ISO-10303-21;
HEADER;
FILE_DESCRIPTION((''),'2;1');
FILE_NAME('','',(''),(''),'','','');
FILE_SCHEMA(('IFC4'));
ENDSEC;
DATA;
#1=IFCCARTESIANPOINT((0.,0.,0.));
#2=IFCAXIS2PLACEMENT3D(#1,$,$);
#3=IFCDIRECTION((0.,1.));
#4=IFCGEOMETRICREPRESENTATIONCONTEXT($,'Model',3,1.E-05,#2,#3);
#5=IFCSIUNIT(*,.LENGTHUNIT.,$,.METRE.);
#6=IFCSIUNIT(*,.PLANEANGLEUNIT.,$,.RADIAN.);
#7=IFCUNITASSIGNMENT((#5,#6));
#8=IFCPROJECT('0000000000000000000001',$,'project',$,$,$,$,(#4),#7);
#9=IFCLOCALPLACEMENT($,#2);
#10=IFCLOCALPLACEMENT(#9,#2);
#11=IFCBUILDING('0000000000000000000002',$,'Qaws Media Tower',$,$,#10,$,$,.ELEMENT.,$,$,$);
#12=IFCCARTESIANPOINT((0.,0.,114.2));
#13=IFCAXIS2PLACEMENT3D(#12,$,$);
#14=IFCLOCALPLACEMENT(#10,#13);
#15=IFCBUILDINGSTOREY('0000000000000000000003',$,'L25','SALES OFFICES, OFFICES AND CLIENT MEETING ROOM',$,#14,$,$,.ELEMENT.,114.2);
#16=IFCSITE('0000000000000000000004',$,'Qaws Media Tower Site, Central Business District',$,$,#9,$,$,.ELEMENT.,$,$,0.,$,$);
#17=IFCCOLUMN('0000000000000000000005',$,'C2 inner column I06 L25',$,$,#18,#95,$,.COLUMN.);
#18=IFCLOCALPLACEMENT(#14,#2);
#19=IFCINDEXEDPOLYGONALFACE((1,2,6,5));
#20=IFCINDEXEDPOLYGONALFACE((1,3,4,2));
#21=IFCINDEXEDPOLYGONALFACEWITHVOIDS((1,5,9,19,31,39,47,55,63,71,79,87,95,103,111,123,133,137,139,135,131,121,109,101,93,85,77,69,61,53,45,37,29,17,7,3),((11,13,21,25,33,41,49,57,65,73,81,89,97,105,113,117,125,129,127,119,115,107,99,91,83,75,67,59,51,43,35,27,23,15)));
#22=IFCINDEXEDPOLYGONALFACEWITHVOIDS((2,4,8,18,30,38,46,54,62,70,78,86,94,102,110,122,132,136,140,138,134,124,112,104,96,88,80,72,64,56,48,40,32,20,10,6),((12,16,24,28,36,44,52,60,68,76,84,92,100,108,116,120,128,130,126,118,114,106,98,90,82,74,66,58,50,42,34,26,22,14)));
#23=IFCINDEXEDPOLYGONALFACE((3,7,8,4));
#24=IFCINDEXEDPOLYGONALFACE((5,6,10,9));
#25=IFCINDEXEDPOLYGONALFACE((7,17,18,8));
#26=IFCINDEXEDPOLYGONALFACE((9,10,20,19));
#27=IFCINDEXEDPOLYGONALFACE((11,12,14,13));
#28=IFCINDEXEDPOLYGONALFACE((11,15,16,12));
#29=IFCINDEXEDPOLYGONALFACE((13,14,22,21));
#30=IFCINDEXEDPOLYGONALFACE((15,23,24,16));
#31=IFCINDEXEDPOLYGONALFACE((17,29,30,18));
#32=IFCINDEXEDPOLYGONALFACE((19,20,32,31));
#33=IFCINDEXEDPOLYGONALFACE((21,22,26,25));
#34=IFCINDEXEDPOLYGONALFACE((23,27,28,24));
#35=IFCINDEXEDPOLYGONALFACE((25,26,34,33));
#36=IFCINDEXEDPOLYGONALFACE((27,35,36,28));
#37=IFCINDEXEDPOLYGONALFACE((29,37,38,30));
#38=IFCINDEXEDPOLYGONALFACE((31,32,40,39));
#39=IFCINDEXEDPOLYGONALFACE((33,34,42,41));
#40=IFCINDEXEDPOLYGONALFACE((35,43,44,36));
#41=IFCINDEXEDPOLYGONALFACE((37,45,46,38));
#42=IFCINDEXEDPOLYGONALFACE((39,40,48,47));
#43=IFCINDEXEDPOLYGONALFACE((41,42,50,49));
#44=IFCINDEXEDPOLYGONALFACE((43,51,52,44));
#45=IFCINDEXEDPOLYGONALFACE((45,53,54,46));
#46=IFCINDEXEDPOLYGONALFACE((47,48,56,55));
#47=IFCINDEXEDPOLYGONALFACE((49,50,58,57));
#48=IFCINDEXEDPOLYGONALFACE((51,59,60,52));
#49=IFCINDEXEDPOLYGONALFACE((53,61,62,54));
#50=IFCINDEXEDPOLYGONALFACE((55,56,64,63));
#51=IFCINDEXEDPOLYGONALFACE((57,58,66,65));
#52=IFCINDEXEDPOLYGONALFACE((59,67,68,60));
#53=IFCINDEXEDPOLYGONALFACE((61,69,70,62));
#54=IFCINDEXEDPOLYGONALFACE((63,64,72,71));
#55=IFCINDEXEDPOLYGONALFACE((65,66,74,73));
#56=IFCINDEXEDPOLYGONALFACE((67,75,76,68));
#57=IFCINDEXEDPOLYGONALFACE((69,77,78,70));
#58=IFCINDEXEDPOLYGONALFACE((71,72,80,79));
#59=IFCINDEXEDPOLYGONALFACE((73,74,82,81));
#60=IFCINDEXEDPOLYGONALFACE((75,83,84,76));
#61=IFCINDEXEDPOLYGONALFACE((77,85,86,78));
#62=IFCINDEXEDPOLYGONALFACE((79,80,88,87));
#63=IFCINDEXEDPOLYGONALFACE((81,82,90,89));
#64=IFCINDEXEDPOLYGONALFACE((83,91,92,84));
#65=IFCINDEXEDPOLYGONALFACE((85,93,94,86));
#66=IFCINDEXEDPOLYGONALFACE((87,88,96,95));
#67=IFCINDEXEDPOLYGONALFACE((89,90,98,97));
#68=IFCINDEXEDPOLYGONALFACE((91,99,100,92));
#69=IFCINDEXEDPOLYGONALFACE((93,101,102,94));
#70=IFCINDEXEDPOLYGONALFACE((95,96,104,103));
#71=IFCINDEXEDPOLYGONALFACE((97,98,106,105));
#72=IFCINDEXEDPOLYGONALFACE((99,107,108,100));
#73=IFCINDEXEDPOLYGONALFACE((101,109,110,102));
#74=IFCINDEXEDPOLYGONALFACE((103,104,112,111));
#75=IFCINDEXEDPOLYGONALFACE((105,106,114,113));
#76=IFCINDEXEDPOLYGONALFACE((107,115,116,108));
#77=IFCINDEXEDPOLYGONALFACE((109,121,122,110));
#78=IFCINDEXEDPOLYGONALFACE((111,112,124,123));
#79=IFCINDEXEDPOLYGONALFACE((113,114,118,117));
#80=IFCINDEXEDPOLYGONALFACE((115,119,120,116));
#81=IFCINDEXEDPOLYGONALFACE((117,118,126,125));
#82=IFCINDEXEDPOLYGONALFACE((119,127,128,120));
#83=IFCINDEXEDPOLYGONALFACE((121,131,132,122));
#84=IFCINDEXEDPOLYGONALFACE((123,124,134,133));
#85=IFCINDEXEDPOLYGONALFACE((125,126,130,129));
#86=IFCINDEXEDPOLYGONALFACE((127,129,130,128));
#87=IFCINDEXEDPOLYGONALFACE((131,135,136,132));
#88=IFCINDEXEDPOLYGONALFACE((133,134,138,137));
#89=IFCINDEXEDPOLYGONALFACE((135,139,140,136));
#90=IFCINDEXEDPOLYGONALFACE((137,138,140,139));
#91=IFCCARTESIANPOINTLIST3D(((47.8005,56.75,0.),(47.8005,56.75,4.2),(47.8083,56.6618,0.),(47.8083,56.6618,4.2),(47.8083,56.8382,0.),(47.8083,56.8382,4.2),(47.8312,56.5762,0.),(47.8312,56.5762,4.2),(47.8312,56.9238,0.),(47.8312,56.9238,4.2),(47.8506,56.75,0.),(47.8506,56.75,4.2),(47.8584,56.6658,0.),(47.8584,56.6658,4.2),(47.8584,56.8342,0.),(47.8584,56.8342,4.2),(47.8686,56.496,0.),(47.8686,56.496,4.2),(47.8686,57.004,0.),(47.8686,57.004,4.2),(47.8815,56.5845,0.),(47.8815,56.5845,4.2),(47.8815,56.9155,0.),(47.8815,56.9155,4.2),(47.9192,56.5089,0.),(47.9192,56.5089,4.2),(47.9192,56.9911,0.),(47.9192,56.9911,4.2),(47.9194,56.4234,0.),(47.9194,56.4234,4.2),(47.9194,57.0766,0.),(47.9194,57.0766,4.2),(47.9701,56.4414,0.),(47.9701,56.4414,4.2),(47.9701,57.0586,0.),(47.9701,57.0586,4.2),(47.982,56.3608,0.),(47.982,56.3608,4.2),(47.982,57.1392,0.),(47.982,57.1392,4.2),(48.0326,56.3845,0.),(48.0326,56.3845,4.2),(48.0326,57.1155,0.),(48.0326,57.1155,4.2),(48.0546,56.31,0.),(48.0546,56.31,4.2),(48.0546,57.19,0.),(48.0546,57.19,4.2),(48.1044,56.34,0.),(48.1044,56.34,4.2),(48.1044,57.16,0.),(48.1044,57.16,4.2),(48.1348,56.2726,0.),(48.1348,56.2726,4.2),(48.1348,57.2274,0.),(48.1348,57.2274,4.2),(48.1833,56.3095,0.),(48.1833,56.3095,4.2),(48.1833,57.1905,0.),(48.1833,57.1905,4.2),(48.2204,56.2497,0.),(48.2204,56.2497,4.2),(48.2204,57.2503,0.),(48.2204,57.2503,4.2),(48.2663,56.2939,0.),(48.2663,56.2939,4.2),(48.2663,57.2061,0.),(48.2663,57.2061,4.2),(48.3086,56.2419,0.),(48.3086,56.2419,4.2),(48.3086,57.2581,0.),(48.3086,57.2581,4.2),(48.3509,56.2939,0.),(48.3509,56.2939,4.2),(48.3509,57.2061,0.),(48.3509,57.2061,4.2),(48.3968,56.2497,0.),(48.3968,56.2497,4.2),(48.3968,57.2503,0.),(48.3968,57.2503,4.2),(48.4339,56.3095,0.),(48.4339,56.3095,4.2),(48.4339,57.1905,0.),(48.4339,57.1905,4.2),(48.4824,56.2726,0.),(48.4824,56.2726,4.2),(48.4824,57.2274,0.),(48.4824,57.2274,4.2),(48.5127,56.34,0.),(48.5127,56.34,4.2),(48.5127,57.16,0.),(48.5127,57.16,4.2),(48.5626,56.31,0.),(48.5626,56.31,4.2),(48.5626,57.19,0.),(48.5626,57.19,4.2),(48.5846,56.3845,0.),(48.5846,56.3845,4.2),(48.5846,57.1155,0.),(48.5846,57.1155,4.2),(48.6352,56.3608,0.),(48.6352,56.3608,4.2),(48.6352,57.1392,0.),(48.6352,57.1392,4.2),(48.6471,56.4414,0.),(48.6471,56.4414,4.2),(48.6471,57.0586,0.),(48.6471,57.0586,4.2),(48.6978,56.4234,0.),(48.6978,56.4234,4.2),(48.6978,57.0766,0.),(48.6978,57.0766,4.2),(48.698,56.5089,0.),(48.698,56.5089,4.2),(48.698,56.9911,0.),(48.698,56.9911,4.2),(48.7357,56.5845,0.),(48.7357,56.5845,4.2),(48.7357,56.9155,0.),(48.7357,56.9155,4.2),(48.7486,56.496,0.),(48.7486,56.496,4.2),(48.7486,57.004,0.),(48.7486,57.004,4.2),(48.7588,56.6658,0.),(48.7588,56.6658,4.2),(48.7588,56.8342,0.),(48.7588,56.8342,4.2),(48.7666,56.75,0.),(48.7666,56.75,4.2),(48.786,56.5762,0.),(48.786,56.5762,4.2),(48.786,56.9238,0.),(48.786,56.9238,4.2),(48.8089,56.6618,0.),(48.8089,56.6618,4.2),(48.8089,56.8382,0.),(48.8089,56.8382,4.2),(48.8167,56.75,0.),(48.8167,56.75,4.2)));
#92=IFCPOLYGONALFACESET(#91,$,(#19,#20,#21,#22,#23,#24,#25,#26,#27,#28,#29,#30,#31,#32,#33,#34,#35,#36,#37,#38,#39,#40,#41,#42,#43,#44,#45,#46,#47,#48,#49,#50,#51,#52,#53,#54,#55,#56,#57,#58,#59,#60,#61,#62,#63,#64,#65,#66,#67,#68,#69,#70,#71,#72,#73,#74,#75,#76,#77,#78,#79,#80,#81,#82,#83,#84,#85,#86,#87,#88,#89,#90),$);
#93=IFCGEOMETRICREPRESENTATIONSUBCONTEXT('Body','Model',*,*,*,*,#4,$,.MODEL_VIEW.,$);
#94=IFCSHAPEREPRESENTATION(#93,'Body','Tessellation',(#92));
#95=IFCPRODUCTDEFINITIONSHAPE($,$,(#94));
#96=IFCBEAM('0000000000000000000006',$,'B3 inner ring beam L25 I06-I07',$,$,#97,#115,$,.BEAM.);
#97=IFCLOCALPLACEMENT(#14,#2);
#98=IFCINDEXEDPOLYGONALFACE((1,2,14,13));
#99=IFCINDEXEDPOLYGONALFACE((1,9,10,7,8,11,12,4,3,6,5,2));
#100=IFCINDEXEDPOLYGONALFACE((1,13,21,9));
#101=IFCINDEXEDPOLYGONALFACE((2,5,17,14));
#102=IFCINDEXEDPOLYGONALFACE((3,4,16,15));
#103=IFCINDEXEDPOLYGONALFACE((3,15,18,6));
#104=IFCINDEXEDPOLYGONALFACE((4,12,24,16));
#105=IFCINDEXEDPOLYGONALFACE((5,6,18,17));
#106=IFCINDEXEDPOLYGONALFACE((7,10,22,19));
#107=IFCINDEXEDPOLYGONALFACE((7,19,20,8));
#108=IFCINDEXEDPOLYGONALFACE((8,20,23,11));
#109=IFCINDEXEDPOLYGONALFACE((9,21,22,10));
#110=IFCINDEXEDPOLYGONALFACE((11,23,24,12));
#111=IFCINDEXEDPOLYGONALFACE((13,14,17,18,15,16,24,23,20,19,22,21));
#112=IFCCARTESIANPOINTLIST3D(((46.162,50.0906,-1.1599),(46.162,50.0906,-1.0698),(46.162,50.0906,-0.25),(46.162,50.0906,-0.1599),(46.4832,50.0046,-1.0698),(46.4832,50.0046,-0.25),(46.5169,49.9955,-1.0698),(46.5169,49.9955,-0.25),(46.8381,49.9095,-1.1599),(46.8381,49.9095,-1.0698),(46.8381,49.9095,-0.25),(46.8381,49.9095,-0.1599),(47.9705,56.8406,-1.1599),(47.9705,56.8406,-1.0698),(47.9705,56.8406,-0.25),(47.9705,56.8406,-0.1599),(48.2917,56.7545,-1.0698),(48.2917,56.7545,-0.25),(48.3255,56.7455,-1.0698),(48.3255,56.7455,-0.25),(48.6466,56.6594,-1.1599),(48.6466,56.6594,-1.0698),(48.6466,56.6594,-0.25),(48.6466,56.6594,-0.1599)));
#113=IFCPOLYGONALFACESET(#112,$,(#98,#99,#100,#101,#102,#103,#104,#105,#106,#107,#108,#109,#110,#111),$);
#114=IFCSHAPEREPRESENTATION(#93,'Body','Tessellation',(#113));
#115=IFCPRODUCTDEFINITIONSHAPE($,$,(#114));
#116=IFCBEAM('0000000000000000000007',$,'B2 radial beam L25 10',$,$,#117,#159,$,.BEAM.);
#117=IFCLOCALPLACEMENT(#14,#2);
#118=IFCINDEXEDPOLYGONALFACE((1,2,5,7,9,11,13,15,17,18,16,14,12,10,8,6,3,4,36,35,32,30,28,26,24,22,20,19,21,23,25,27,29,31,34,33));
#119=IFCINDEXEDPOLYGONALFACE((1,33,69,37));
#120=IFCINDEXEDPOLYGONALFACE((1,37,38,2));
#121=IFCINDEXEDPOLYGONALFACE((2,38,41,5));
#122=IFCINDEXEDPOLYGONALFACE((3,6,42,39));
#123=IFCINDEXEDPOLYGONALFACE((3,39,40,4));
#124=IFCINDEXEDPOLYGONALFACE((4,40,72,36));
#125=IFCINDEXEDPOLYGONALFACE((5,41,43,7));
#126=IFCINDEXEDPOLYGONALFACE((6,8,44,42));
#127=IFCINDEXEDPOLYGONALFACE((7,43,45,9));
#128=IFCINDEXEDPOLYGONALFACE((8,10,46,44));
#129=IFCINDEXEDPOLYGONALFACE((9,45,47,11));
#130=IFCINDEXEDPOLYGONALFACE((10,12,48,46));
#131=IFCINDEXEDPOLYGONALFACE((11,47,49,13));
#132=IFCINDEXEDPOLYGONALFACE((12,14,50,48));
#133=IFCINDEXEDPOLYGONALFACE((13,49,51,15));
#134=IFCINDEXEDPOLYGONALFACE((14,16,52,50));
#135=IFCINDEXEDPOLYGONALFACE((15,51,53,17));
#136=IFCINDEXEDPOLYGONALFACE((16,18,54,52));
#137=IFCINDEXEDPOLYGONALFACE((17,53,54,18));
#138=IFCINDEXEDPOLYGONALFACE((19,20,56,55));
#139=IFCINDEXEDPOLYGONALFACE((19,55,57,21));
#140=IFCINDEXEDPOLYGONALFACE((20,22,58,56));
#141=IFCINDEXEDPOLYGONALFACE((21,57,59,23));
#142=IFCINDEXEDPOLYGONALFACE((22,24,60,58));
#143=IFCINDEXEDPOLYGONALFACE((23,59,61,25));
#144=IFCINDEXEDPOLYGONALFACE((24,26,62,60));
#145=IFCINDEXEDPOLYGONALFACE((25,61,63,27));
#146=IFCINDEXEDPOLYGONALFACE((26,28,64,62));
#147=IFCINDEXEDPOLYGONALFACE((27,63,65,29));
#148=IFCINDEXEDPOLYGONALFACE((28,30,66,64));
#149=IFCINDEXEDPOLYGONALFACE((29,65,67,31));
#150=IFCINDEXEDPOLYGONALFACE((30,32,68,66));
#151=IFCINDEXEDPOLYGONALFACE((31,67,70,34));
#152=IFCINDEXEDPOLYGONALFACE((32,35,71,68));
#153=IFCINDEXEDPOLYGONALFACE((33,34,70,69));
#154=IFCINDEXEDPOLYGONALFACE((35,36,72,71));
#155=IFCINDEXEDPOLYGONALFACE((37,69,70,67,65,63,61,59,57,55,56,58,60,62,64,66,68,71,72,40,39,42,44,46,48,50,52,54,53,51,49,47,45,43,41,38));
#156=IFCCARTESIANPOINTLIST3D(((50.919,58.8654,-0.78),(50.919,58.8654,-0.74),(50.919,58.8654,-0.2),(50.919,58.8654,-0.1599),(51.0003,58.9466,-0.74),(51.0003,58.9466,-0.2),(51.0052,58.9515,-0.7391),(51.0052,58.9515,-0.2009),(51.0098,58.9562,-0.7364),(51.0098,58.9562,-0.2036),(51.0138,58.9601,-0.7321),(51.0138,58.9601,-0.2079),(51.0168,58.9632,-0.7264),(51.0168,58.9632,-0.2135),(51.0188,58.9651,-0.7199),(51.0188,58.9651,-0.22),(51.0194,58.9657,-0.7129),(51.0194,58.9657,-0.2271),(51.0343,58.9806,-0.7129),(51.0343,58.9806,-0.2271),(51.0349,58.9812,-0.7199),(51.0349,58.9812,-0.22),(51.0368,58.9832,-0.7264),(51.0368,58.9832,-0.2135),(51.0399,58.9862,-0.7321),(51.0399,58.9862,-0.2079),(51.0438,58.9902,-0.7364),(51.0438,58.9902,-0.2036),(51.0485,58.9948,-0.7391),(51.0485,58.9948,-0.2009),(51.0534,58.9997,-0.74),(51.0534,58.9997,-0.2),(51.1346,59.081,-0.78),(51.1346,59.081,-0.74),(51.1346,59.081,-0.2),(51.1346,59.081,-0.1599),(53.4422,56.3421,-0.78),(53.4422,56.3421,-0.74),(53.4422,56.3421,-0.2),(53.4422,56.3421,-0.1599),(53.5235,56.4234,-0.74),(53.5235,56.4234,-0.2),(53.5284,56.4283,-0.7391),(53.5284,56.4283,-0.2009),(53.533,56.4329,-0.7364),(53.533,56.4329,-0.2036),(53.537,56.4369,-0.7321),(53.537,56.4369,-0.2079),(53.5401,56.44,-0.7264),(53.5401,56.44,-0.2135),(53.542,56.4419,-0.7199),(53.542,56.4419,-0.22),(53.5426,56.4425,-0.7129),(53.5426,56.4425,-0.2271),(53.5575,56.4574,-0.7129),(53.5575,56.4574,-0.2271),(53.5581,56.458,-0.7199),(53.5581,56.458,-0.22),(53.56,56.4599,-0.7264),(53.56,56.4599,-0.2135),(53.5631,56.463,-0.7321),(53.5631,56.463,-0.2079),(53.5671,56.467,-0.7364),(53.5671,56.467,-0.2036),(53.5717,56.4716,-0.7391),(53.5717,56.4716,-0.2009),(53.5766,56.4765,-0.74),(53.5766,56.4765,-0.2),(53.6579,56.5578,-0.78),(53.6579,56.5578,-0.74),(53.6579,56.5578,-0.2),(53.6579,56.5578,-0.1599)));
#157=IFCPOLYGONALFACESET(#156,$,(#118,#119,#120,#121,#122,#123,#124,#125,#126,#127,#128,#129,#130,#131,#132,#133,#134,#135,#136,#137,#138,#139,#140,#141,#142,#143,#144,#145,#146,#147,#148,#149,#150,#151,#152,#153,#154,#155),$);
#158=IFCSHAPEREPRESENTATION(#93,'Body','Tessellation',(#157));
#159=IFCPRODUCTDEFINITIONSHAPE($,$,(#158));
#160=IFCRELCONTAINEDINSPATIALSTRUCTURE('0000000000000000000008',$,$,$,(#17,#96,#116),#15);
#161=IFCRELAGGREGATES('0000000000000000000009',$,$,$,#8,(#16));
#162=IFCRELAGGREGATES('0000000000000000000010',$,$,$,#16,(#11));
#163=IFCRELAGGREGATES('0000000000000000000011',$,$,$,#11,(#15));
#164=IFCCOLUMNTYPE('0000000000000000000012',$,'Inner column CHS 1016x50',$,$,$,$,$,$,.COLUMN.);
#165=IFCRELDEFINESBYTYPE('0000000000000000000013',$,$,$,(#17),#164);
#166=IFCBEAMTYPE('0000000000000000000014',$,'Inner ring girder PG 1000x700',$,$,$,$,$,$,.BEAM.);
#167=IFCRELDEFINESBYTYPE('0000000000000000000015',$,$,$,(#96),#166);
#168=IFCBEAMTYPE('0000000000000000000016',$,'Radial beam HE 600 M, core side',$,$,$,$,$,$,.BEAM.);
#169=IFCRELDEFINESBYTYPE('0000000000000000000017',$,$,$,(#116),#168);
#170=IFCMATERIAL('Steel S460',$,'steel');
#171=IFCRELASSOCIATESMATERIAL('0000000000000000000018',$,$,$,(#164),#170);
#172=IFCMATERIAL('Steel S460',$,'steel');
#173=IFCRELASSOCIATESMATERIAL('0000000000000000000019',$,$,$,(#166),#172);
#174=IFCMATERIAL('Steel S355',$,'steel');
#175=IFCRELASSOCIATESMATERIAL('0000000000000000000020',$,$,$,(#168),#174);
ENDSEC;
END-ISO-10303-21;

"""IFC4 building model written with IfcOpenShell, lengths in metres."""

from ifc_helpers import new_model, si_unit, direction, frame, origin, origin_2d, place, context, subcontext, project, spatial, hollow_circle, i_section, extrude, material, material_profile, profile_set, type_object, element, save


model = new_model("IFC4")

# Units and contexts
model_context = context("Model", 3, precision=1e-05, world=origin(), true_north=direction((0.0, 1.0)))
body_context = subcontext(model_context, "Body", "Model", "MODEL_VIEW")
ifc_project = project(units=[si_unit("LENGTHUNIT", "METRE"), si_unit("PLANEANGLEUNIT", "RADIAN")], contexts=[model_context])

# Site, building, storey
site_placement = place(None, origin())
site = spatial("IfcSite", under=ifc_project, at=site_placement, Name="Qaws Media Tower Site, Central Business District", CompositionType="ELEMENT", RefElevation=0.0)
building_placement = place(site_placement, origin())
building = spatial("IfcBuilding", under=site, at=building_placement, Name="Qaws Media Tower", CompositionType="ELEMENT")
storey_placement = place(building_placement, frame((0.0, 0.0, 114.2)))
storey = spatial("IfcBuildingStorey", under=building, at=storey_placement, Name="L25", Description="SALES OFFICES, OFFICES AND CLIENT MEETING ROOM", CompositionType="ELEMENT", Elevation=114.2)

# Column
ifc_material_1 = material(Name="Steel S460", Category="steel")
ifc_material_profile_1 = material_profile(ifc_material_1, hollow_circle(Radius=0.5081, WallThickness=0.05, at=origin_2d()), Name="CHS 1016x50")
ifc_profile_set_1 = profile_set([ifc_material_profile_1], Name="Steel S460")
column_type = type_object("IfcColumnType", Name="Inner column CHS 1016x50", PredefinedType="COLUMN", material=ifc_profile_set_1)
column_placement = place(storey_placement, frame((48.3086, 56.75, 0.0), z_axis=(0.0, 0.0, 1.0), x_axis=(1.0, 0.0, 0.0)))
element("IfcColumn", 1, at=column_placement, inside=storey, type_object=column_type, Name="C2 inner column I06 L25", PredefinedType="COLUMN", context=body_context, shape_type="SweptSolid", body=[
    extrude(hollow_circle(Radius=0.5081, WallThickness=0.05, at=origin_2d()), origin(), (0.0, 0.0, 1.0), 4.2),
])

# Beams
ifc_material_2 = material(Name="Steel S460", Category="steel")
ifc_material_profile_2 = material_profile(ifc_material_2, i_section(OverallWidth=0.7, OverallDepth=1.0, WebThickness=0.0349, FlangeThickness=0.0901, at=origin_2d()), Name="PG 1000x700")
ifc_profile_set_2 = profile_set([ifc_material_profile_2], Name="Steel S460")
beam_type_1 = type_object("IfcBeamType", Name="Inner ring girder PG 1000x700", PredefinedType="BEAM", material=ifc_profile_set_2)
beam_1_placement = place(storey_placement, frame((48.3086, 56.75, -0.6599), z_axis=(-0.258811, -0.965928, 0.0), x_axis=(0.965928, -0.258811, 0.0)))
element("IfcBeam", 2, at=beam_1_placement, inside=storey, type_object=beam_type_1, Name="B3 inner ring beam L25 I06-I07", PredefinedType="BEAM", context=body_context, shape_type="SweptSolid", body=[
    extrude(i_section(OverallWidth=0.7, OverallDepth=1.0, WebThickness=0.0349, FlangeThickness=0.0901, at=origin_2d()), origin(), (0.0, 0.0, 1.0), 6.988),
])
ifc_material_3 = material(Name="Steel S355", Category="steel")
ifc_material_profile_3 = material_profile(ifc_material_3, i_section(OverallWidth=0.3049, OverallDepth=0.6201, WebThickness=0.021, FlangeThickness=0.04, FilletRadius=0.0271, at=origin_2d()), Name="HE 600 M")
ifc_profile_set_3 = profile_set([ifc_material_profile_3], Name="Steel S355")
beam_type_2 = type_object("IfcBeamType", Name="Radial beam HE 600 M, core side", PredefinedType="BEAM", material=ifc_profile_set_3)
beam_2_placement = place(storey_placement, frame((53.55, 56.45, -0.47), z_axis=(-0.707107, 0.707107, 0.0), x_axis=(-0.707107, -0.707107, 0.0)))
element("IfcBeam", 3, at=beam_2_placement, inside=storey, type_object=beam_type_2, Name="B2 radial beam L25 10", PredefinedType="BEAM", context=body_context, shape_type="SweptSolid", body=[
    extrude(i_section(OverallWidth=0.3049, OverallDepth=0.6201, WebThickness=0.021, FlangeThickness=0.04, FilletRadius=0.0271, at=origin_2d()), origin(), (0.0, 0.0, 1.0), 3.5684),
])

save(model, "model.ifc")
